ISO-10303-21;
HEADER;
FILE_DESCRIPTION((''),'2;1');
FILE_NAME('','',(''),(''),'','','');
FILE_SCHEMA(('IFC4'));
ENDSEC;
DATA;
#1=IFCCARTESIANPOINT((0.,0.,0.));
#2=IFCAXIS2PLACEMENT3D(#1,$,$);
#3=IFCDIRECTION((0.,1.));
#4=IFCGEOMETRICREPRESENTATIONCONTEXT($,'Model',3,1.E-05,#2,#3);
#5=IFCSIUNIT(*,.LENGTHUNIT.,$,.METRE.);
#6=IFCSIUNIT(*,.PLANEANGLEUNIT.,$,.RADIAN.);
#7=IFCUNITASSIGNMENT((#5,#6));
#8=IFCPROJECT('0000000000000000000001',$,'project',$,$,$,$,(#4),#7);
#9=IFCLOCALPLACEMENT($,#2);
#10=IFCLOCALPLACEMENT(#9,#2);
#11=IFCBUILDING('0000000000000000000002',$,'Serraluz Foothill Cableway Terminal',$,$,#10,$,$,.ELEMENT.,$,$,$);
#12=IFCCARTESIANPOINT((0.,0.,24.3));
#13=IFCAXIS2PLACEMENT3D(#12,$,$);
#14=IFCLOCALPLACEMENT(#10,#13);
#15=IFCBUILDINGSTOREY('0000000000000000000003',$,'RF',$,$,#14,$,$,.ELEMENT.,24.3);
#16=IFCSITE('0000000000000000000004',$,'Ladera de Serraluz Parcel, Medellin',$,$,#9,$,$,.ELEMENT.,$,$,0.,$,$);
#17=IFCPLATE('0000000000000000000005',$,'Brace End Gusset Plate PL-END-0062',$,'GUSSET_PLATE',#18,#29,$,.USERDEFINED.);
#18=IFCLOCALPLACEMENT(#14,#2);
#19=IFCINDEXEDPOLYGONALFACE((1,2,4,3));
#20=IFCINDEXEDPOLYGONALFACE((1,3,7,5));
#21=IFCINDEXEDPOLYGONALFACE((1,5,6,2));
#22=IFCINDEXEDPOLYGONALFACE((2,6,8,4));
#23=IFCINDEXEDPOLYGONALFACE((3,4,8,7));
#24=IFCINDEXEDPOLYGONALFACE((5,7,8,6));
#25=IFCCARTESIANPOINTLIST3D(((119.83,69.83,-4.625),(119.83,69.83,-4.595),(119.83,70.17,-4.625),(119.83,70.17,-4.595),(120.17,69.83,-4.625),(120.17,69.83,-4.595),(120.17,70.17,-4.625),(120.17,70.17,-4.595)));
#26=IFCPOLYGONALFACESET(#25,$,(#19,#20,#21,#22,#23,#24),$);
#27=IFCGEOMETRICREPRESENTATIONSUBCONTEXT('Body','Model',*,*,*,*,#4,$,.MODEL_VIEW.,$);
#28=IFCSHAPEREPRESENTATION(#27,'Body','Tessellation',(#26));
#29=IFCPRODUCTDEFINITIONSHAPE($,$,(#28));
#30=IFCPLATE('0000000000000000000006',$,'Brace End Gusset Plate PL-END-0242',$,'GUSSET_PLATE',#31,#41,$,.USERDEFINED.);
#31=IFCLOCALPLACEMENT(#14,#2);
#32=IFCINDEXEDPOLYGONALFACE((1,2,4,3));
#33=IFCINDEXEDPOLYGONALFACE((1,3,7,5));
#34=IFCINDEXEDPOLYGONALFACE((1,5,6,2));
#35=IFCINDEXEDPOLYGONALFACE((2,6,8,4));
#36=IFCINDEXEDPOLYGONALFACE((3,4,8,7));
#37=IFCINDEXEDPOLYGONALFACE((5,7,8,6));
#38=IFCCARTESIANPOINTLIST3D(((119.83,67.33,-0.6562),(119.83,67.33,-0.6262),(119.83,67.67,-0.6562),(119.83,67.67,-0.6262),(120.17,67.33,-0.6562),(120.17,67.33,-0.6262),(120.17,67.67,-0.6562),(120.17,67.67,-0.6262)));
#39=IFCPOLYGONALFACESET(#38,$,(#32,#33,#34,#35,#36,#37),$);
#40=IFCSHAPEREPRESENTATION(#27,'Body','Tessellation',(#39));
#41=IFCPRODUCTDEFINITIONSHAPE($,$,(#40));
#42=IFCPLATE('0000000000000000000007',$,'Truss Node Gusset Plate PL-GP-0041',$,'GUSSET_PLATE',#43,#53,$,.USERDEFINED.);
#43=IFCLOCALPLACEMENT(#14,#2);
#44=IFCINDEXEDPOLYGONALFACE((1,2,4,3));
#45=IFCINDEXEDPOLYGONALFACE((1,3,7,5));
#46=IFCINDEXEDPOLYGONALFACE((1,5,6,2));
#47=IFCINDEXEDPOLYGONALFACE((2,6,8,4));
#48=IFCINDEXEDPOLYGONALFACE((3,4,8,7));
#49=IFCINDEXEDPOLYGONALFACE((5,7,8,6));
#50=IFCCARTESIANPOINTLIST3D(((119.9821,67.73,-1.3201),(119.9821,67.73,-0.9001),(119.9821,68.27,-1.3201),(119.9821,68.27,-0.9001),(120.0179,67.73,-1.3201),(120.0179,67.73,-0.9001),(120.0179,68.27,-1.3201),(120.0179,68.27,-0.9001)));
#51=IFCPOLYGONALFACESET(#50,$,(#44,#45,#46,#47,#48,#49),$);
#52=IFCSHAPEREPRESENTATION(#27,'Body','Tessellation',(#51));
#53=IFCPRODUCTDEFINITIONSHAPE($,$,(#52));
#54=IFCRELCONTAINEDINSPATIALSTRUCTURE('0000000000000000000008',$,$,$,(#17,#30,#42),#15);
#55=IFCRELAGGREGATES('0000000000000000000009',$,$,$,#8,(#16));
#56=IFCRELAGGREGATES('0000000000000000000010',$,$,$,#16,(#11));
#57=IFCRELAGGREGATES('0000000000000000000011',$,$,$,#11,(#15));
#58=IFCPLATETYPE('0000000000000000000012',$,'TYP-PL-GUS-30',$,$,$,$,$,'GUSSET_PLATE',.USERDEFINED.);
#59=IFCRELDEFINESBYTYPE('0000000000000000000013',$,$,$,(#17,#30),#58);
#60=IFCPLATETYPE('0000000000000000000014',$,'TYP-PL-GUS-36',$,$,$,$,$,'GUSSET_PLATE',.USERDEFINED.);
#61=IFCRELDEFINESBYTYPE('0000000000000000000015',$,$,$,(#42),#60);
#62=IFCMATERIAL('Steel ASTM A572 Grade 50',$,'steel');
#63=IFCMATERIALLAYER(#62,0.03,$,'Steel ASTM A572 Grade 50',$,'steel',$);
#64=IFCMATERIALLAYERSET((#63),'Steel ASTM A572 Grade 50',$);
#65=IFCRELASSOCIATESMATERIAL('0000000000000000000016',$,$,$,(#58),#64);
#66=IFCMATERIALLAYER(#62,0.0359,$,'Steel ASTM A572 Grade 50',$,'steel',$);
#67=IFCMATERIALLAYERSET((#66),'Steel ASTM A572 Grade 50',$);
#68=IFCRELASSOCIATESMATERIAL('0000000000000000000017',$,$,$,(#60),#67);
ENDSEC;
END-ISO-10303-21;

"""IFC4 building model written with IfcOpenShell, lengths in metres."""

from ifc_helpers import new_model, si_unit, direction, frame, origin, origin_2d, place, context, subcontext, project, spatial, rectangle, extrude, material, layer, layer_set, type_object, element, save


model = new_model("IFC4")

# Units and contexts
model_context = context("Model", 3, precision=1e-05, world=origin(), true_north=direction((0.0, 1.0)))
body_context = subcontext(model_context, "Body", "Model", "MODEL_VIEW")
ifc_project = project(units=[si_unit("LENGTHUNIT", "METRE"), si_unit("PLANEANGLEUNIT", "RADIAN")], contexts=[model_context])

# Site, building, storey
site_placement = place(None, origin())
site = spatial("IfcSite", under=ifc_project, at=site_placement, Name="Ladera de Serraluz Parcel, Medellin", CompositionType="ELEMENT", RefElevation=0.0)
building_placement = place(site_placement, origin())
building = spatial("IfcBuilding", under=site, at=building_placement, Name="Serraluz Foothill Cableway Terminal", CompositionType="ELEMENT")
storey_placement = place(building_placement, frame((0.0, 0.0, 24.3)))
storey = spatial("IfcBuildingStorey", under=building, at=storey_placement, Name="RF", CompositionType="ELEMENT", Elevation=24.3)

# Shared definitions
ifc_material_1 = material(Name="Steel ASTM A572 Grade 50", Category="steel")

# Plates
ifc_layer_1 = layer(ifc_material_1, 0.03, Name="Steel ASTM A572 Grade 50", Category="steel")
ifc_layer_set_1 = layer_set([ifc_layer_1], Name="Steel ASTM A572 Grade 50")
plate_type_1 = type_object("IfcPlateType", Name="TYP-PL-GUS-30", ElementType="GUSSET_PLATE", PredefinedType="USERDEFINED", material=ifc_layer_set_1)
for number, where, z_axis, x_axis, name in (
    (1, (120.0, 70.0, -4.625), (0.0, 0.0, 1.0), (1.0, 0.0, 0.0), "Brace End Gusset Plate PL-END-0062"),
    (2, (120.0, 67.5, -0.6562), (0.0, 0.0, 1.0), (1.0, 0.0, 0.0), "Brace End Gusset Plate PL-END-0242"),
):
    element("IfcPlate", number, at=place(storey_placement, frame(where, z_axis=z_axis, x_axis=x_axis)), inside=storey, type_object=plate_type_1, Name=name, ObjectType="GUSSET_PLATE", PredefinedType="USERDEFINED", context=body_context, shape_type="SweptSolid", body=[
        extrude(rectangle(XDim=0.3401, YDim=0.3401, at=origin_2d()), origin(), (0.0, 0.0, 1.0), 0.03),
    ])
ifc_layer_2 = layer(ifc_material_1, 0.0359, Name="Steel ASTM A572 Grade 50", Category="steel")
ifc_layer_set_2 = layer_set([ifc_layer_2], Name="Steel ASTM A572 Grade 50")
plate_type_2 = type_object("IfcPlateType", Name="TYP-PL-GUS-36", ElementType="GUSSET_PLATE", PredefinedType="USERDEFINED", material=ifc_layer_set_2)
plate_1_placement = place(storey_placement, frame((120.0, 68.0, -1.3201), z_axis=(0.0, 0.0, 1.0), x_axis=(1.0, 0.0, 0.0)))
element("IfcPlate", 3, at=plate_1_placement, inside=storey, type_object=plate_type_2, Name="Truss Node Gusset Plate PL-GP-0041", ObjectType="GUSSET_PLATE", PredefinedType="USERDEFINED", context=body_context, shape_type="SweptSolid", body=[
    extrude(rectangle(XDim=0.0359, YDim=0.54, at=origin_2d()), origin(), (0.0, 0.0, 1.0), 0.4199),
])

save(model, "model.ifc")
